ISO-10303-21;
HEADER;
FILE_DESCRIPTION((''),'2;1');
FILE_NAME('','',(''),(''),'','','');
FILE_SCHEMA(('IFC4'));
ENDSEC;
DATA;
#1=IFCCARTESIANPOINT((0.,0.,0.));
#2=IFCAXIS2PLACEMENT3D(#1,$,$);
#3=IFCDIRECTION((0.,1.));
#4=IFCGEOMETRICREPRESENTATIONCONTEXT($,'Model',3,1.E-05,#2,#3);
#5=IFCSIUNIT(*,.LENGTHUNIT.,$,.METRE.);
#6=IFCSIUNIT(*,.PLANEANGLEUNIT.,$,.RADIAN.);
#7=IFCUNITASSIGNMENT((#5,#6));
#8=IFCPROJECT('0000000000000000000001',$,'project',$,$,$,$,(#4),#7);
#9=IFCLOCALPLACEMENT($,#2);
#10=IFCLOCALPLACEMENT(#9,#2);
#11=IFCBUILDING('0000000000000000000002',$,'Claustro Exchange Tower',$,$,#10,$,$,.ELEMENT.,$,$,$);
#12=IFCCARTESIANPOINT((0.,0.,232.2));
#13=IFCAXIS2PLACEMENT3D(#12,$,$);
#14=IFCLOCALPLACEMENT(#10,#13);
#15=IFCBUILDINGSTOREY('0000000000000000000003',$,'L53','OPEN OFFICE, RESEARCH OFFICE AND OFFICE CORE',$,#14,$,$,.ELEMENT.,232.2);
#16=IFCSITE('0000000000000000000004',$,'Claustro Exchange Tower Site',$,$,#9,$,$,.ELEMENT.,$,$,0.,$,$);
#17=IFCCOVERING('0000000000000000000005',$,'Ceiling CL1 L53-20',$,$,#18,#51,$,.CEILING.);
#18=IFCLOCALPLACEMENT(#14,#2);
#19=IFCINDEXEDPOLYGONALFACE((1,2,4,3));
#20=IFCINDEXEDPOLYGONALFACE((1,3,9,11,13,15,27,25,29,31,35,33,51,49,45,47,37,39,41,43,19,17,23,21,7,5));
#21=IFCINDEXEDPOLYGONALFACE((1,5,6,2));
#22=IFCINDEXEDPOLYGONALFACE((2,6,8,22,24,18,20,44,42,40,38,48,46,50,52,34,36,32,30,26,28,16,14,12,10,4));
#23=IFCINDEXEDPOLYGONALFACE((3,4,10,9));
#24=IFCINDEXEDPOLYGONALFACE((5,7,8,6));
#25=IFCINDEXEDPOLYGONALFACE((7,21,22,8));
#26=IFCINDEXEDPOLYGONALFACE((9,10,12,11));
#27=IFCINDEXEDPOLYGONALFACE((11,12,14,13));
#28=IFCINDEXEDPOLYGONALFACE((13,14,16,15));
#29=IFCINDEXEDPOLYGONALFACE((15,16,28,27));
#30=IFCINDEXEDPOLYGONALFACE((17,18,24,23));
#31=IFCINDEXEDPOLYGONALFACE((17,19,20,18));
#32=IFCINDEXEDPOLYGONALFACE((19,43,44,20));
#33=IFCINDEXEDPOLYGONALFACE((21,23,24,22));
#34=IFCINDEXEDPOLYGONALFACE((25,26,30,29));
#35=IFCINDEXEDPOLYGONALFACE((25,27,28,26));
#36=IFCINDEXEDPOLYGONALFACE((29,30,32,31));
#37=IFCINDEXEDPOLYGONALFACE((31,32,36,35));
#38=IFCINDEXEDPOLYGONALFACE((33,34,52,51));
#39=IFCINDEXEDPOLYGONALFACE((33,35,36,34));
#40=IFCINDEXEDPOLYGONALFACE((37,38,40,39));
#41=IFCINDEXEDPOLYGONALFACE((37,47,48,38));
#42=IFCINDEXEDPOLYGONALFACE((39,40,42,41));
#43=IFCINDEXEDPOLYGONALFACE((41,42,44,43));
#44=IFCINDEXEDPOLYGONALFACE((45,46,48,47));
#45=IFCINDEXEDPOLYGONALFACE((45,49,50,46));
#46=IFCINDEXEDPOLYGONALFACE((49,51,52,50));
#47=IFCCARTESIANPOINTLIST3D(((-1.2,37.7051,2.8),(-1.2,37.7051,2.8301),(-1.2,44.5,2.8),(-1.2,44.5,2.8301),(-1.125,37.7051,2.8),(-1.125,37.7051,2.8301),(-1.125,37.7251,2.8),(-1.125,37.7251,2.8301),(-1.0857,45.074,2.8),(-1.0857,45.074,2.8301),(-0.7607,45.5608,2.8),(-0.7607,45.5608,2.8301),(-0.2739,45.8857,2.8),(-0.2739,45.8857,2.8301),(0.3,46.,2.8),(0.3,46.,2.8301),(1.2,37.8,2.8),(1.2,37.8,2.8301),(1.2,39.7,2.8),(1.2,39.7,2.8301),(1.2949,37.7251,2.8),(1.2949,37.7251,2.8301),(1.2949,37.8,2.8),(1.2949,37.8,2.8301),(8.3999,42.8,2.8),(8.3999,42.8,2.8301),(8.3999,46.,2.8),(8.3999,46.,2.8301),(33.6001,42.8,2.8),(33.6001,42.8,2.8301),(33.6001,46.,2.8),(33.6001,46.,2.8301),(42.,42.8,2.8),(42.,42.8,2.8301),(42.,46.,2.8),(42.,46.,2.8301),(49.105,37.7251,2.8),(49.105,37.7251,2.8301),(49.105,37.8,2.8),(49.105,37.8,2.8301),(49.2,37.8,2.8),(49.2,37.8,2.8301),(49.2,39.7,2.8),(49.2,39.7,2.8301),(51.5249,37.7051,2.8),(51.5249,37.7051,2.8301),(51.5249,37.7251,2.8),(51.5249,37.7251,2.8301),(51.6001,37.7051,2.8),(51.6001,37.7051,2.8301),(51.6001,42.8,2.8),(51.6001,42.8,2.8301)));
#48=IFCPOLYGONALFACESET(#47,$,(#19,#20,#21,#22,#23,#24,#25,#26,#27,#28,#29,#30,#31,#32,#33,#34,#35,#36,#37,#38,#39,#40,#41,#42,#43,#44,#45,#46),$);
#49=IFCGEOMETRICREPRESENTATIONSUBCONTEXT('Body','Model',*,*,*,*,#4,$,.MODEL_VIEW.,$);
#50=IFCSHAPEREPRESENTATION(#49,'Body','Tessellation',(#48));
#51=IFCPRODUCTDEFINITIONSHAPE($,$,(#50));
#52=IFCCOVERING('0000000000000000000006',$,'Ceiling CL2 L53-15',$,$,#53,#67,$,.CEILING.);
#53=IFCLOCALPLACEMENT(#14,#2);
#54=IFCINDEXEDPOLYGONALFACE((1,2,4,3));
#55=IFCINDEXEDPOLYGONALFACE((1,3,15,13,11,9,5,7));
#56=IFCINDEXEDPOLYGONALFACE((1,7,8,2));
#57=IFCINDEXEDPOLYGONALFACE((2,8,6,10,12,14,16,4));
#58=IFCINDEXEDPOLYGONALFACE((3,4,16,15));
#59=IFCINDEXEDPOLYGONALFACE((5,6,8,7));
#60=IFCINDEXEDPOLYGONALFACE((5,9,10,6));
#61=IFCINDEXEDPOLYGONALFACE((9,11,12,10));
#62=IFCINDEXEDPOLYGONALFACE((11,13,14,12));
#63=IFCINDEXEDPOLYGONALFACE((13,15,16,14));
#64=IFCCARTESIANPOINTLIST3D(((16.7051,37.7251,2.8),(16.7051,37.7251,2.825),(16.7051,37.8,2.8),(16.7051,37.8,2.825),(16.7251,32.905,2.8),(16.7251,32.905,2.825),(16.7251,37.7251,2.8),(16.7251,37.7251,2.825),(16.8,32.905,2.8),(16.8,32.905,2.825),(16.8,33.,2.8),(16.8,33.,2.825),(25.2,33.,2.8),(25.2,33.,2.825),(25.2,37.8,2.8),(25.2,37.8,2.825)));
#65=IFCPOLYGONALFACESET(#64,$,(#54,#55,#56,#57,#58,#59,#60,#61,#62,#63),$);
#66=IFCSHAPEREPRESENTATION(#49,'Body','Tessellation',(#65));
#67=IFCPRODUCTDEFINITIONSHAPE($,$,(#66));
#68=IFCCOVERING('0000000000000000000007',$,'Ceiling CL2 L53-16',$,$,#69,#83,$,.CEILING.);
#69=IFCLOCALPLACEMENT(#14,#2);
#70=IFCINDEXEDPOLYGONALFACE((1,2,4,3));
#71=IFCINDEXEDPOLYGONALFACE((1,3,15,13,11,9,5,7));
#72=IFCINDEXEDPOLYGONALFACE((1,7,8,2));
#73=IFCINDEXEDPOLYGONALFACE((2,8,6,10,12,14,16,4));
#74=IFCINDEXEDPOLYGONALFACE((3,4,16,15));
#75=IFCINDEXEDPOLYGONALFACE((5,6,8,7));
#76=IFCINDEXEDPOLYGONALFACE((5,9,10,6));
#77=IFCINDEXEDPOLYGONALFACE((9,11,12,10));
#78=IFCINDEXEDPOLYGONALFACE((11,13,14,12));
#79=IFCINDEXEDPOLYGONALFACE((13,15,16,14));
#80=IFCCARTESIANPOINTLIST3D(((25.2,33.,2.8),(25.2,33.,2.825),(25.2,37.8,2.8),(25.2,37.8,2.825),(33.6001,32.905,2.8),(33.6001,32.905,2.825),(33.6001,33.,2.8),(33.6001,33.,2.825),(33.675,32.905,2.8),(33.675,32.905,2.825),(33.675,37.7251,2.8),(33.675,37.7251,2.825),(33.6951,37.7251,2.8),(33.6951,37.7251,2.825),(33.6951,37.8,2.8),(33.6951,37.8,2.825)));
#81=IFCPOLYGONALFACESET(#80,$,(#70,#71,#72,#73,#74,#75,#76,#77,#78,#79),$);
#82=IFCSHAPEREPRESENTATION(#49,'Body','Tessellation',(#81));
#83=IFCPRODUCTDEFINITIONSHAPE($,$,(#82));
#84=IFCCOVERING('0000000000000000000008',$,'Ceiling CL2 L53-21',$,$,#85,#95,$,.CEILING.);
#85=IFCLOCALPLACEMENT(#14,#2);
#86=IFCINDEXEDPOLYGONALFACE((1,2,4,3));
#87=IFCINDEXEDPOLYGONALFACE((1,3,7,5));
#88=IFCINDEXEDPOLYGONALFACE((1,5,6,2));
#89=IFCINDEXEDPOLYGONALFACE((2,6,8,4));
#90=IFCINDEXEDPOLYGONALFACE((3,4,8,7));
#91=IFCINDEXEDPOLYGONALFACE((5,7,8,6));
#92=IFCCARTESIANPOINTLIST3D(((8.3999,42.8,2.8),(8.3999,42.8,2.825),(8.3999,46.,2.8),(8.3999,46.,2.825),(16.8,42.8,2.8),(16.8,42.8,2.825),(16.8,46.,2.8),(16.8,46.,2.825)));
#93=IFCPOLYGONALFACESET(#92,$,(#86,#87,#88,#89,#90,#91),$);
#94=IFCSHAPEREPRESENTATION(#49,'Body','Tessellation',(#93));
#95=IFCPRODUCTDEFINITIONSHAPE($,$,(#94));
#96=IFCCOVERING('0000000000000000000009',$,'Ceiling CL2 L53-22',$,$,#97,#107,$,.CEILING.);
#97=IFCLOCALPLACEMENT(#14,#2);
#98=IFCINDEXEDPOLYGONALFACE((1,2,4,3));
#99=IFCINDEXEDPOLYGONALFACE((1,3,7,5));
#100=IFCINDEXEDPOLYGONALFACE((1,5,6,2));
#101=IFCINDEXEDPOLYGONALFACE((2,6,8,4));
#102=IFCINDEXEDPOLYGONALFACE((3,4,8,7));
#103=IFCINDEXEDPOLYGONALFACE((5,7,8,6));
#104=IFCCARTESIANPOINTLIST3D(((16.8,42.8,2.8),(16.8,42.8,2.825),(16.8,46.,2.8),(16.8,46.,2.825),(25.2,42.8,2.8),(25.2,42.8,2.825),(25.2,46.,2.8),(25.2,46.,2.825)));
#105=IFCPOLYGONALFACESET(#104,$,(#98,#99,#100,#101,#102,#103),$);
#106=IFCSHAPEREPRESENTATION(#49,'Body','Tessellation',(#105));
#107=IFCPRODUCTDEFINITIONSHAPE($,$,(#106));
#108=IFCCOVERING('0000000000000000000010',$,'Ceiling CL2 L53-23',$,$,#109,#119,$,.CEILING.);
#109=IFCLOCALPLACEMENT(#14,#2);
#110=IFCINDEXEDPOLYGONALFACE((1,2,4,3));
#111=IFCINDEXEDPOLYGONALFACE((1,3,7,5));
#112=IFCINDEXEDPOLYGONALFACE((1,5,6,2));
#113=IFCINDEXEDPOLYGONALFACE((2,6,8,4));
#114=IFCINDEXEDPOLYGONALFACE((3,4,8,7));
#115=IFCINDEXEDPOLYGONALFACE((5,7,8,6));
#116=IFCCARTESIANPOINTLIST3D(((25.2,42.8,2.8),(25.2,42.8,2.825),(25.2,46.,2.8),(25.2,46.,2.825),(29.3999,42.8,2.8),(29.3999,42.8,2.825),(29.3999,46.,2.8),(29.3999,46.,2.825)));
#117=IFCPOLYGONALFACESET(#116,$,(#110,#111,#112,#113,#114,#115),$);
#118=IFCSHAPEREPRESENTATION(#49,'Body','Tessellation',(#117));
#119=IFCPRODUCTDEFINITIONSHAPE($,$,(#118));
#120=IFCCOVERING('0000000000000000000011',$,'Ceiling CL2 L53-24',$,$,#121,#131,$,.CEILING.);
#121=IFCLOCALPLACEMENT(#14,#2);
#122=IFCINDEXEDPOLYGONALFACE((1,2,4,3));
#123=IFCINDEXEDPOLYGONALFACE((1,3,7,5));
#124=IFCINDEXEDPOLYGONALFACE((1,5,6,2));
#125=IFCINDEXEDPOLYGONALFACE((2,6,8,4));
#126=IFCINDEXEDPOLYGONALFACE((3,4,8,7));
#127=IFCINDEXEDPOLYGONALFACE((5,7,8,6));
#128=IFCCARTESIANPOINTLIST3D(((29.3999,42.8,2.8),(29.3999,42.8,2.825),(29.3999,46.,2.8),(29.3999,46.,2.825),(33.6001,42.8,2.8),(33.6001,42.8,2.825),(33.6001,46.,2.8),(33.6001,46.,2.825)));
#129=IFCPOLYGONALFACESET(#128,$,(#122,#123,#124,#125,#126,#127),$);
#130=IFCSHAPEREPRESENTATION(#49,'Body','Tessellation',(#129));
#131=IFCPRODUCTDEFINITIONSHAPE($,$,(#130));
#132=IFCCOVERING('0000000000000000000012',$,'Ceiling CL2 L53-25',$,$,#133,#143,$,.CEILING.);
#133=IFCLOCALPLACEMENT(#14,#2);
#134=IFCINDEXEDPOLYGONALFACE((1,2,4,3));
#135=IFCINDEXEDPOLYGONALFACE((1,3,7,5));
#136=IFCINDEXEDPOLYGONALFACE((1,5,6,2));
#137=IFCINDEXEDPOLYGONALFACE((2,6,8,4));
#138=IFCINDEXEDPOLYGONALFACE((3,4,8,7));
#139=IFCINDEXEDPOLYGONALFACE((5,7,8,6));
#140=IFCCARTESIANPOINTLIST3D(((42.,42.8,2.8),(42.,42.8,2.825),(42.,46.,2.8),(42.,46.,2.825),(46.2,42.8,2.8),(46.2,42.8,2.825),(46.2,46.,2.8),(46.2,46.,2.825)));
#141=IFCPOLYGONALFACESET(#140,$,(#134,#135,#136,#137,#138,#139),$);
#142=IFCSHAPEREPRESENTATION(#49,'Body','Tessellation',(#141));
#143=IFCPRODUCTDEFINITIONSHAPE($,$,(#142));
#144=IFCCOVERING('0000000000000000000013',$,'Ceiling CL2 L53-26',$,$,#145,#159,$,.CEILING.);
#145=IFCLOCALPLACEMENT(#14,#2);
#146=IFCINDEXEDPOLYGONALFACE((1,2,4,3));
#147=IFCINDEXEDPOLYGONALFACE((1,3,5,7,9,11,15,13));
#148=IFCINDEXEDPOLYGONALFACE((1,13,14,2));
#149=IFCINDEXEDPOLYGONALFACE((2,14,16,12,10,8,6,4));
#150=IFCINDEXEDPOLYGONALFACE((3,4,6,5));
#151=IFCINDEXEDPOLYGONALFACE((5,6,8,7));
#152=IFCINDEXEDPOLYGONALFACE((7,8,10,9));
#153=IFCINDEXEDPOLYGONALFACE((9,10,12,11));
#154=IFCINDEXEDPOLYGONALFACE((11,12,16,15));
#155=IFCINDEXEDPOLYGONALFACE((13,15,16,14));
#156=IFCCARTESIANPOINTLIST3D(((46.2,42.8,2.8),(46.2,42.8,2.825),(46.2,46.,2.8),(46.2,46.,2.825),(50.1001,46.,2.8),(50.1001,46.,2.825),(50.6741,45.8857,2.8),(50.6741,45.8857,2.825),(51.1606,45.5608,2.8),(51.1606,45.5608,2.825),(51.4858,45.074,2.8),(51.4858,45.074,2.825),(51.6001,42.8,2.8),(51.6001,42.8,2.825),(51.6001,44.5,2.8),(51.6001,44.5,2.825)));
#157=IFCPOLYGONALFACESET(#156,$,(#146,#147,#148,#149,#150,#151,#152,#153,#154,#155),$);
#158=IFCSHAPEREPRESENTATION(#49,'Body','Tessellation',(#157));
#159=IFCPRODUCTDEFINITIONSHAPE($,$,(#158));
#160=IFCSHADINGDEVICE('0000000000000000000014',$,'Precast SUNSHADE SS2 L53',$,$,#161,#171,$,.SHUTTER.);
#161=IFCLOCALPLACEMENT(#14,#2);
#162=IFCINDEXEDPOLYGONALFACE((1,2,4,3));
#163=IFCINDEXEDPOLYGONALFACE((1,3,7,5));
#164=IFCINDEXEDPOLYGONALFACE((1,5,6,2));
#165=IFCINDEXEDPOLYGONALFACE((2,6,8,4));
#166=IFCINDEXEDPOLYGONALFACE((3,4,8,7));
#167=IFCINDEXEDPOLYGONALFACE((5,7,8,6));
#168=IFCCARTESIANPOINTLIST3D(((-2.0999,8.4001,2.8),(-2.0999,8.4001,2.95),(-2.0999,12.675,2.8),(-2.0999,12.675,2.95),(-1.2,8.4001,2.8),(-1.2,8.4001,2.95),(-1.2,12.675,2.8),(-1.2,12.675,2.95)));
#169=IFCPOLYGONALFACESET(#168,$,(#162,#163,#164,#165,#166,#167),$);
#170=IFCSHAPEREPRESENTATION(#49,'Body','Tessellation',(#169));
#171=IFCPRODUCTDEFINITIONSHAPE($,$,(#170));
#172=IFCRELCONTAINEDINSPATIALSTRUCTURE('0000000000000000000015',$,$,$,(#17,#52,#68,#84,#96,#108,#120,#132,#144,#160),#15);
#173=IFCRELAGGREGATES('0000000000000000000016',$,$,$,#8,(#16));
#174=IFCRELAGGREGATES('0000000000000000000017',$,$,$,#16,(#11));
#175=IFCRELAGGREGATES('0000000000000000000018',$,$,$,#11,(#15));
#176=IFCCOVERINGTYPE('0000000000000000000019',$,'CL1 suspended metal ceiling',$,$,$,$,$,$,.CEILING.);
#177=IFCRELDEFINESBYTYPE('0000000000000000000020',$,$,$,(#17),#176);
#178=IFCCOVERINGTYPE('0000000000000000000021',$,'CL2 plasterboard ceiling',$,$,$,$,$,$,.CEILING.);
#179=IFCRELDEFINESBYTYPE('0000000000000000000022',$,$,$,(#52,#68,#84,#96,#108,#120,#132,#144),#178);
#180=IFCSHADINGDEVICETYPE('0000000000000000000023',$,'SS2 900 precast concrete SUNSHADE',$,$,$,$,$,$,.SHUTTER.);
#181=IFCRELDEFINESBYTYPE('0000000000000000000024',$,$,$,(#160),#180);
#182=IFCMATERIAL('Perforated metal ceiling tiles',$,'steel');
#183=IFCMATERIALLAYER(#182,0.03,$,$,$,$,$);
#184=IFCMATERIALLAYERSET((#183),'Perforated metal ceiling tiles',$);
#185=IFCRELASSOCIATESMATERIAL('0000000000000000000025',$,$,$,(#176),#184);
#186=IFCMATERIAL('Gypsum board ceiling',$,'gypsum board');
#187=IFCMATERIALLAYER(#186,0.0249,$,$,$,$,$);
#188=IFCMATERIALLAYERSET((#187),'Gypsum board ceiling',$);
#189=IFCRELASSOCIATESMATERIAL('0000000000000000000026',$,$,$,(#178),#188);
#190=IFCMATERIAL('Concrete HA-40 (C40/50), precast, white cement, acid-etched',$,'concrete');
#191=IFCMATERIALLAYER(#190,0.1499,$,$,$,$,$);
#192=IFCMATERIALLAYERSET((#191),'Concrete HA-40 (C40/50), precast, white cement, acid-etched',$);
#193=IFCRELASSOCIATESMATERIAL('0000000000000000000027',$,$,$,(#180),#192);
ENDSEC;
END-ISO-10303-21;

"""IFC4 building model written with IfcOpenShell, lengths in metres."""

from ifc_helpers import new_model, si_unit, direction, frame, origin, origin_2d, place, context, subcontext, project, spatial, polyline, rectangle, outline, extrude, material, layer, layer_set, type_object, element, save


model = new_model("IFC4")

# Units and contexts
model_context = context("Model", 3, precision=1e-05, world=origin(), true_north=direction((0.0, 1.0)))
body_context = subcontext(model_context, "Body", "Model", "MODEL_VIEW")
ifc_project = project(units=[si_unit("LENGTHUNIT", "METRE"), si_unit("PLANEANGLEUNIT", "RADIAN")], contexts=[model_context])

# Site, building, storey
site_placement = place(None, origin())
site = spatial("IfcSite", under=ifc_project, at=site_placement, Name="Claustro Exchange Tower Site", CompositionType="ELEMENT", RefElevation=0.0)
building_placement = place(site_placement, origin())
building = spatial("IfcBuilding", under=site, at=building_placement, Name="Claustro Exchange Tower", CompositionType="ELEMENT")
storey_placement = place(building_placement, frame((0.0, 0.0, 232.2)))
storey = spatial("IfcBuildingStorey", under=building, at=storey_placement, Name="L53", Description="OPEN OFFICE, RESEARCH OFFICE AND OFFICE CORE", CompositionType="ELEMENT", Elevation=232.2)

# Coverings
ifc_material_1 = material(Name="Perforated metal ceiling tiles", Category="steel")
ifc_layer_1 = layer(ifc_material_1, 0.03)
ifc_layer_set_1 = layer_set([ifc_layer_1], Name="Perforated metal ceiling tiles")
covering_type_1 = type_object("IfcCoveringType", Name="CL1 suspended metal ceiling", PredefinedType="CEILING", material=ifc_layer_set_1)
covering_1_placement = place(storey_placement, frame((0.0, 0.0, 2.8)))
element("IfcCovering", 1, at=covering_1_placement, inside=storey, type_object=covering_type_1, Name="Ceiling CL1 L53-20", PredefinedType="CEILING", context=body_context, shape_type="SweptSolid", body=[
    extrude(outline(polyline([(-1.125, 37.7251), (1.2949, 37.7251), (1.2949, 37.8), (1.2, 37.8), (1.2, 39.7), (49.2, 39.7), (49.2, 37.8), (49.105, 37.8), (49.105, 37.7251), (51.5249, 37.7251), (51.5249, 37.7051), (51.6001, 37.7051), (51.6001, 42.8), (42.0, 42.8), (42.0, 46.0), (33.6001, 46.0), (33.6001, 42.8), (8.3999, 42.8), (8.3999, 46.0), (0.3, 46.0), (-0.2739, 45.8857), (-0.7607, 45.5608), (-1.0857, 45.074), (-1.2, 44.5), (-1.2, 37.7051), (-1.125, 37.7051), (-1.125, 37.7251)])), origin(), (0.0, 0.0, 1.0), 0.03),
])
ifc_material_2 = material(Name="Gypsum board ceiling", Category="gypsum board")
ifc_layer_2 = layer(ifc_material_2, 0.0249)
ifc_layer_set_2 = layer_set([ifc_layer_2], Name="Gypsum board ceiling")
covering_type_2 = type_object("IfcCoveringType", Name="CL2 plasterboard ceiling", PredefinedType="CEILING", material=ifc_layer_set_2)
covering_2_placement = place(storey_placement, frame((0.0, 0.0, 2.8)))
element("IfcCovering", 2, at=covering_2_placement, inside=storey, type_object=covering_type_2, Name="Ceiling CL2 L53-15", PredefinedType="CEILING", context=body_context, shape_type="SweptSolid", body=[
    extrude(outline(polyline([(25.2, 37.8), (16.7051, 37.8), (16.7051, 37.7251), (16.7251, 37.7251), (16.7251, 32.905), (16.8, 32.905), (16.8, 33.0), (25.2, 33.0), (25.2, 37.8)])), origin(), (0.0, 0.0, 1.0), 0.0249),
])
covering_3_placement = place(storey_placement, frame((0.0, 0.0, 2.8)))
element("IfcCovering", 3, at=covering_3_placement, inside=storey, type_object=covering_type_2, Name="Ceiling CL2 L53-16", PredefinedType="CEILING", context=body_context, shape_type="SweptSolid", body=[
    extrude(outline(polyline([(33.6001, 33.0), (33.6001, 32.905), (33.675, 32.905), (33.675, 37.7251), (33.6951, 37.7251), (33.6951, 37.8), (25.2, 37.8), (25.2, 33.0), (33.6001, 33.0)])), origin(), (0.0, 0.0, 1.0), 0.0249),
])
covering_4_placement = place(storey_placement, frame((0.0, 0.0, 2.8)))
element("IfcCovering", 4, at=covering_4_placement, inside=storey, type_object=covering_type_2, Name="Ceiling CL2 L53-21", PredefinedType="CEILING", context=body_context, shape_type="SweptSolid", body=[
    extrude(outline(polyline([(16.8, 46.0), (8.3999, 46.0), (8.3999, 42.8), (16.8, 42.8), (16.8, 46.0)])), origin(), (0.0, 0.0, 1.0), 0.0249),
])
covering_5_placement = place(storey_placement, frame((0.0, 0.0, 2.8)))
element("IfcCovering", 5, at=covering_5_placement, inside=storey, type_object=covering_type_2, Name="Ceiling CL2 L53-22", PredefinedType="CEILING", context=body_context, shape_type="SweptSolid", body=[
    extrude(outline(polyline([(25.2, 46.0), (16.8, 46.0), (16.8, 42.8), (25.2, 42.8), (25.2, 46.0)])), origin(), (0.0, 0.0, 1.0), 0.0249),
])
covering_6_placement = place(storey_placement, frame((0.0, 0.0, 2.8)))
element("IfcCovering", 6, at=covering_6_placement, inside=storey, type_object=covering_type_2, Name="Ceiling CL2 L53-23", PredefinedType="CEILING", context=body_context, shape_type="SweptSolid", body=[
    extrude(outline(polyline([(29.3999, 46.0), (25.2, 46.0), (25.2, 42.8), (29.3999, 42.8), (29.3999, 46.0)])), origin(), (0.0, 0.0, 1.0), 0.0249),
])
covering_7_placement = place(storey_placement, frame((0.0, 0.0, 2.8)))
element("IfcCovering", 7, at=covering_7_placement, inside=storey, type_object=covering_type_2, Name="Ceiling CL2 L53-24", PredefinedType="CEILING", context=body_context, shape_type="SweptSolid", body=[
    extrude(outline(polyline([(33.6001, 46.0), (29.3999, 46.0), (29.3999, 42.8), (33.6001, 42.8), (33.6001, 46.0)])), origin(), (0.0, 0.0, 1.0), 0.0249),
])
covering_8_placement = place(storey_placement, frame((0.0, 0.0, 2.8)))
element("IfcCovering", 8, at=covering_8_placement, inside=storey, type_object=covering_type_2, Name="Ceiling CL2 L53-25", PredefinedType="CEILING", context=body_context, shape_type="SweptSolid", body=[
    extrude(outline(polyline([(46.2, 46.0), (42.0, 46.0), (42.0, 42.8), (46.2, 42.8), (46.2, 46.0)])), origin(), (0.0, 0.0, 1.0), 0.0249),
])
covering_9_placement = place(storey_placement, frame((0.0, 0.0, 2.8)))
element("IfcCovering", 9, at=covering_9_placement, inside=storey, type_object=covering_type_2, Name="Ceiling CL2 L53-26", PredefinedType="CEILING", context=body_context, shape_type="SweptSolid", body=[
    extrude(outline(polyline([(50.1001, 46.0), (46.2, 46.0), (46.2, 42.8), (51.6001, 42.8), (51.6001, 44.5), (51.4858, 45.074), (51.1606, 45.5608), (50.6741, 45.8857), (50.1001, 46.0)])), origin(), (0.0, 0.0, 1.0), 0.0249),
])

# Shading device
ifc_material_3 = material(Name="Concrete HA-40 (C40/50), precast, white cement, acid-etched", Category="concrete")
ifc_layer_3 = layer(ifc_material_3, 0.1499)
ifc_layer_set_3 = layer_set([ifc_layer_3], Name="Concrete HA-40 (C40/50), precast, white cement, acid-etched")
shading_device_type = type_object("IfcShadingDeviceType", Name="SS2 900 precast concrete SUNSHADE", PredefinedType="SHUTTER", material=ifc_layer_set_3)
shading_device_placement = place(storey_placement, frame((-1.6499, 10.5376, 2.8), z_axis=(0.0, 0.0, 1.0), x_axis=(0.0, 1.0, 0.0)))
element("IfcShadingDevice", 10, at=shading_device_placement, inside=storey, type_object=shading_device_type, Name="Precast SUNSHADE SS2 L53", PredefinedType="SHUTTER", context=body_context, shape_type="SweptSolid", body=[
    extrude(rectangle(XDim=4.2749, YDim=0.8999, at=origin_2d()), origin(), (0.0, 0.0, 1.0), 0.1499),
])

save(model, "model.ifc")
